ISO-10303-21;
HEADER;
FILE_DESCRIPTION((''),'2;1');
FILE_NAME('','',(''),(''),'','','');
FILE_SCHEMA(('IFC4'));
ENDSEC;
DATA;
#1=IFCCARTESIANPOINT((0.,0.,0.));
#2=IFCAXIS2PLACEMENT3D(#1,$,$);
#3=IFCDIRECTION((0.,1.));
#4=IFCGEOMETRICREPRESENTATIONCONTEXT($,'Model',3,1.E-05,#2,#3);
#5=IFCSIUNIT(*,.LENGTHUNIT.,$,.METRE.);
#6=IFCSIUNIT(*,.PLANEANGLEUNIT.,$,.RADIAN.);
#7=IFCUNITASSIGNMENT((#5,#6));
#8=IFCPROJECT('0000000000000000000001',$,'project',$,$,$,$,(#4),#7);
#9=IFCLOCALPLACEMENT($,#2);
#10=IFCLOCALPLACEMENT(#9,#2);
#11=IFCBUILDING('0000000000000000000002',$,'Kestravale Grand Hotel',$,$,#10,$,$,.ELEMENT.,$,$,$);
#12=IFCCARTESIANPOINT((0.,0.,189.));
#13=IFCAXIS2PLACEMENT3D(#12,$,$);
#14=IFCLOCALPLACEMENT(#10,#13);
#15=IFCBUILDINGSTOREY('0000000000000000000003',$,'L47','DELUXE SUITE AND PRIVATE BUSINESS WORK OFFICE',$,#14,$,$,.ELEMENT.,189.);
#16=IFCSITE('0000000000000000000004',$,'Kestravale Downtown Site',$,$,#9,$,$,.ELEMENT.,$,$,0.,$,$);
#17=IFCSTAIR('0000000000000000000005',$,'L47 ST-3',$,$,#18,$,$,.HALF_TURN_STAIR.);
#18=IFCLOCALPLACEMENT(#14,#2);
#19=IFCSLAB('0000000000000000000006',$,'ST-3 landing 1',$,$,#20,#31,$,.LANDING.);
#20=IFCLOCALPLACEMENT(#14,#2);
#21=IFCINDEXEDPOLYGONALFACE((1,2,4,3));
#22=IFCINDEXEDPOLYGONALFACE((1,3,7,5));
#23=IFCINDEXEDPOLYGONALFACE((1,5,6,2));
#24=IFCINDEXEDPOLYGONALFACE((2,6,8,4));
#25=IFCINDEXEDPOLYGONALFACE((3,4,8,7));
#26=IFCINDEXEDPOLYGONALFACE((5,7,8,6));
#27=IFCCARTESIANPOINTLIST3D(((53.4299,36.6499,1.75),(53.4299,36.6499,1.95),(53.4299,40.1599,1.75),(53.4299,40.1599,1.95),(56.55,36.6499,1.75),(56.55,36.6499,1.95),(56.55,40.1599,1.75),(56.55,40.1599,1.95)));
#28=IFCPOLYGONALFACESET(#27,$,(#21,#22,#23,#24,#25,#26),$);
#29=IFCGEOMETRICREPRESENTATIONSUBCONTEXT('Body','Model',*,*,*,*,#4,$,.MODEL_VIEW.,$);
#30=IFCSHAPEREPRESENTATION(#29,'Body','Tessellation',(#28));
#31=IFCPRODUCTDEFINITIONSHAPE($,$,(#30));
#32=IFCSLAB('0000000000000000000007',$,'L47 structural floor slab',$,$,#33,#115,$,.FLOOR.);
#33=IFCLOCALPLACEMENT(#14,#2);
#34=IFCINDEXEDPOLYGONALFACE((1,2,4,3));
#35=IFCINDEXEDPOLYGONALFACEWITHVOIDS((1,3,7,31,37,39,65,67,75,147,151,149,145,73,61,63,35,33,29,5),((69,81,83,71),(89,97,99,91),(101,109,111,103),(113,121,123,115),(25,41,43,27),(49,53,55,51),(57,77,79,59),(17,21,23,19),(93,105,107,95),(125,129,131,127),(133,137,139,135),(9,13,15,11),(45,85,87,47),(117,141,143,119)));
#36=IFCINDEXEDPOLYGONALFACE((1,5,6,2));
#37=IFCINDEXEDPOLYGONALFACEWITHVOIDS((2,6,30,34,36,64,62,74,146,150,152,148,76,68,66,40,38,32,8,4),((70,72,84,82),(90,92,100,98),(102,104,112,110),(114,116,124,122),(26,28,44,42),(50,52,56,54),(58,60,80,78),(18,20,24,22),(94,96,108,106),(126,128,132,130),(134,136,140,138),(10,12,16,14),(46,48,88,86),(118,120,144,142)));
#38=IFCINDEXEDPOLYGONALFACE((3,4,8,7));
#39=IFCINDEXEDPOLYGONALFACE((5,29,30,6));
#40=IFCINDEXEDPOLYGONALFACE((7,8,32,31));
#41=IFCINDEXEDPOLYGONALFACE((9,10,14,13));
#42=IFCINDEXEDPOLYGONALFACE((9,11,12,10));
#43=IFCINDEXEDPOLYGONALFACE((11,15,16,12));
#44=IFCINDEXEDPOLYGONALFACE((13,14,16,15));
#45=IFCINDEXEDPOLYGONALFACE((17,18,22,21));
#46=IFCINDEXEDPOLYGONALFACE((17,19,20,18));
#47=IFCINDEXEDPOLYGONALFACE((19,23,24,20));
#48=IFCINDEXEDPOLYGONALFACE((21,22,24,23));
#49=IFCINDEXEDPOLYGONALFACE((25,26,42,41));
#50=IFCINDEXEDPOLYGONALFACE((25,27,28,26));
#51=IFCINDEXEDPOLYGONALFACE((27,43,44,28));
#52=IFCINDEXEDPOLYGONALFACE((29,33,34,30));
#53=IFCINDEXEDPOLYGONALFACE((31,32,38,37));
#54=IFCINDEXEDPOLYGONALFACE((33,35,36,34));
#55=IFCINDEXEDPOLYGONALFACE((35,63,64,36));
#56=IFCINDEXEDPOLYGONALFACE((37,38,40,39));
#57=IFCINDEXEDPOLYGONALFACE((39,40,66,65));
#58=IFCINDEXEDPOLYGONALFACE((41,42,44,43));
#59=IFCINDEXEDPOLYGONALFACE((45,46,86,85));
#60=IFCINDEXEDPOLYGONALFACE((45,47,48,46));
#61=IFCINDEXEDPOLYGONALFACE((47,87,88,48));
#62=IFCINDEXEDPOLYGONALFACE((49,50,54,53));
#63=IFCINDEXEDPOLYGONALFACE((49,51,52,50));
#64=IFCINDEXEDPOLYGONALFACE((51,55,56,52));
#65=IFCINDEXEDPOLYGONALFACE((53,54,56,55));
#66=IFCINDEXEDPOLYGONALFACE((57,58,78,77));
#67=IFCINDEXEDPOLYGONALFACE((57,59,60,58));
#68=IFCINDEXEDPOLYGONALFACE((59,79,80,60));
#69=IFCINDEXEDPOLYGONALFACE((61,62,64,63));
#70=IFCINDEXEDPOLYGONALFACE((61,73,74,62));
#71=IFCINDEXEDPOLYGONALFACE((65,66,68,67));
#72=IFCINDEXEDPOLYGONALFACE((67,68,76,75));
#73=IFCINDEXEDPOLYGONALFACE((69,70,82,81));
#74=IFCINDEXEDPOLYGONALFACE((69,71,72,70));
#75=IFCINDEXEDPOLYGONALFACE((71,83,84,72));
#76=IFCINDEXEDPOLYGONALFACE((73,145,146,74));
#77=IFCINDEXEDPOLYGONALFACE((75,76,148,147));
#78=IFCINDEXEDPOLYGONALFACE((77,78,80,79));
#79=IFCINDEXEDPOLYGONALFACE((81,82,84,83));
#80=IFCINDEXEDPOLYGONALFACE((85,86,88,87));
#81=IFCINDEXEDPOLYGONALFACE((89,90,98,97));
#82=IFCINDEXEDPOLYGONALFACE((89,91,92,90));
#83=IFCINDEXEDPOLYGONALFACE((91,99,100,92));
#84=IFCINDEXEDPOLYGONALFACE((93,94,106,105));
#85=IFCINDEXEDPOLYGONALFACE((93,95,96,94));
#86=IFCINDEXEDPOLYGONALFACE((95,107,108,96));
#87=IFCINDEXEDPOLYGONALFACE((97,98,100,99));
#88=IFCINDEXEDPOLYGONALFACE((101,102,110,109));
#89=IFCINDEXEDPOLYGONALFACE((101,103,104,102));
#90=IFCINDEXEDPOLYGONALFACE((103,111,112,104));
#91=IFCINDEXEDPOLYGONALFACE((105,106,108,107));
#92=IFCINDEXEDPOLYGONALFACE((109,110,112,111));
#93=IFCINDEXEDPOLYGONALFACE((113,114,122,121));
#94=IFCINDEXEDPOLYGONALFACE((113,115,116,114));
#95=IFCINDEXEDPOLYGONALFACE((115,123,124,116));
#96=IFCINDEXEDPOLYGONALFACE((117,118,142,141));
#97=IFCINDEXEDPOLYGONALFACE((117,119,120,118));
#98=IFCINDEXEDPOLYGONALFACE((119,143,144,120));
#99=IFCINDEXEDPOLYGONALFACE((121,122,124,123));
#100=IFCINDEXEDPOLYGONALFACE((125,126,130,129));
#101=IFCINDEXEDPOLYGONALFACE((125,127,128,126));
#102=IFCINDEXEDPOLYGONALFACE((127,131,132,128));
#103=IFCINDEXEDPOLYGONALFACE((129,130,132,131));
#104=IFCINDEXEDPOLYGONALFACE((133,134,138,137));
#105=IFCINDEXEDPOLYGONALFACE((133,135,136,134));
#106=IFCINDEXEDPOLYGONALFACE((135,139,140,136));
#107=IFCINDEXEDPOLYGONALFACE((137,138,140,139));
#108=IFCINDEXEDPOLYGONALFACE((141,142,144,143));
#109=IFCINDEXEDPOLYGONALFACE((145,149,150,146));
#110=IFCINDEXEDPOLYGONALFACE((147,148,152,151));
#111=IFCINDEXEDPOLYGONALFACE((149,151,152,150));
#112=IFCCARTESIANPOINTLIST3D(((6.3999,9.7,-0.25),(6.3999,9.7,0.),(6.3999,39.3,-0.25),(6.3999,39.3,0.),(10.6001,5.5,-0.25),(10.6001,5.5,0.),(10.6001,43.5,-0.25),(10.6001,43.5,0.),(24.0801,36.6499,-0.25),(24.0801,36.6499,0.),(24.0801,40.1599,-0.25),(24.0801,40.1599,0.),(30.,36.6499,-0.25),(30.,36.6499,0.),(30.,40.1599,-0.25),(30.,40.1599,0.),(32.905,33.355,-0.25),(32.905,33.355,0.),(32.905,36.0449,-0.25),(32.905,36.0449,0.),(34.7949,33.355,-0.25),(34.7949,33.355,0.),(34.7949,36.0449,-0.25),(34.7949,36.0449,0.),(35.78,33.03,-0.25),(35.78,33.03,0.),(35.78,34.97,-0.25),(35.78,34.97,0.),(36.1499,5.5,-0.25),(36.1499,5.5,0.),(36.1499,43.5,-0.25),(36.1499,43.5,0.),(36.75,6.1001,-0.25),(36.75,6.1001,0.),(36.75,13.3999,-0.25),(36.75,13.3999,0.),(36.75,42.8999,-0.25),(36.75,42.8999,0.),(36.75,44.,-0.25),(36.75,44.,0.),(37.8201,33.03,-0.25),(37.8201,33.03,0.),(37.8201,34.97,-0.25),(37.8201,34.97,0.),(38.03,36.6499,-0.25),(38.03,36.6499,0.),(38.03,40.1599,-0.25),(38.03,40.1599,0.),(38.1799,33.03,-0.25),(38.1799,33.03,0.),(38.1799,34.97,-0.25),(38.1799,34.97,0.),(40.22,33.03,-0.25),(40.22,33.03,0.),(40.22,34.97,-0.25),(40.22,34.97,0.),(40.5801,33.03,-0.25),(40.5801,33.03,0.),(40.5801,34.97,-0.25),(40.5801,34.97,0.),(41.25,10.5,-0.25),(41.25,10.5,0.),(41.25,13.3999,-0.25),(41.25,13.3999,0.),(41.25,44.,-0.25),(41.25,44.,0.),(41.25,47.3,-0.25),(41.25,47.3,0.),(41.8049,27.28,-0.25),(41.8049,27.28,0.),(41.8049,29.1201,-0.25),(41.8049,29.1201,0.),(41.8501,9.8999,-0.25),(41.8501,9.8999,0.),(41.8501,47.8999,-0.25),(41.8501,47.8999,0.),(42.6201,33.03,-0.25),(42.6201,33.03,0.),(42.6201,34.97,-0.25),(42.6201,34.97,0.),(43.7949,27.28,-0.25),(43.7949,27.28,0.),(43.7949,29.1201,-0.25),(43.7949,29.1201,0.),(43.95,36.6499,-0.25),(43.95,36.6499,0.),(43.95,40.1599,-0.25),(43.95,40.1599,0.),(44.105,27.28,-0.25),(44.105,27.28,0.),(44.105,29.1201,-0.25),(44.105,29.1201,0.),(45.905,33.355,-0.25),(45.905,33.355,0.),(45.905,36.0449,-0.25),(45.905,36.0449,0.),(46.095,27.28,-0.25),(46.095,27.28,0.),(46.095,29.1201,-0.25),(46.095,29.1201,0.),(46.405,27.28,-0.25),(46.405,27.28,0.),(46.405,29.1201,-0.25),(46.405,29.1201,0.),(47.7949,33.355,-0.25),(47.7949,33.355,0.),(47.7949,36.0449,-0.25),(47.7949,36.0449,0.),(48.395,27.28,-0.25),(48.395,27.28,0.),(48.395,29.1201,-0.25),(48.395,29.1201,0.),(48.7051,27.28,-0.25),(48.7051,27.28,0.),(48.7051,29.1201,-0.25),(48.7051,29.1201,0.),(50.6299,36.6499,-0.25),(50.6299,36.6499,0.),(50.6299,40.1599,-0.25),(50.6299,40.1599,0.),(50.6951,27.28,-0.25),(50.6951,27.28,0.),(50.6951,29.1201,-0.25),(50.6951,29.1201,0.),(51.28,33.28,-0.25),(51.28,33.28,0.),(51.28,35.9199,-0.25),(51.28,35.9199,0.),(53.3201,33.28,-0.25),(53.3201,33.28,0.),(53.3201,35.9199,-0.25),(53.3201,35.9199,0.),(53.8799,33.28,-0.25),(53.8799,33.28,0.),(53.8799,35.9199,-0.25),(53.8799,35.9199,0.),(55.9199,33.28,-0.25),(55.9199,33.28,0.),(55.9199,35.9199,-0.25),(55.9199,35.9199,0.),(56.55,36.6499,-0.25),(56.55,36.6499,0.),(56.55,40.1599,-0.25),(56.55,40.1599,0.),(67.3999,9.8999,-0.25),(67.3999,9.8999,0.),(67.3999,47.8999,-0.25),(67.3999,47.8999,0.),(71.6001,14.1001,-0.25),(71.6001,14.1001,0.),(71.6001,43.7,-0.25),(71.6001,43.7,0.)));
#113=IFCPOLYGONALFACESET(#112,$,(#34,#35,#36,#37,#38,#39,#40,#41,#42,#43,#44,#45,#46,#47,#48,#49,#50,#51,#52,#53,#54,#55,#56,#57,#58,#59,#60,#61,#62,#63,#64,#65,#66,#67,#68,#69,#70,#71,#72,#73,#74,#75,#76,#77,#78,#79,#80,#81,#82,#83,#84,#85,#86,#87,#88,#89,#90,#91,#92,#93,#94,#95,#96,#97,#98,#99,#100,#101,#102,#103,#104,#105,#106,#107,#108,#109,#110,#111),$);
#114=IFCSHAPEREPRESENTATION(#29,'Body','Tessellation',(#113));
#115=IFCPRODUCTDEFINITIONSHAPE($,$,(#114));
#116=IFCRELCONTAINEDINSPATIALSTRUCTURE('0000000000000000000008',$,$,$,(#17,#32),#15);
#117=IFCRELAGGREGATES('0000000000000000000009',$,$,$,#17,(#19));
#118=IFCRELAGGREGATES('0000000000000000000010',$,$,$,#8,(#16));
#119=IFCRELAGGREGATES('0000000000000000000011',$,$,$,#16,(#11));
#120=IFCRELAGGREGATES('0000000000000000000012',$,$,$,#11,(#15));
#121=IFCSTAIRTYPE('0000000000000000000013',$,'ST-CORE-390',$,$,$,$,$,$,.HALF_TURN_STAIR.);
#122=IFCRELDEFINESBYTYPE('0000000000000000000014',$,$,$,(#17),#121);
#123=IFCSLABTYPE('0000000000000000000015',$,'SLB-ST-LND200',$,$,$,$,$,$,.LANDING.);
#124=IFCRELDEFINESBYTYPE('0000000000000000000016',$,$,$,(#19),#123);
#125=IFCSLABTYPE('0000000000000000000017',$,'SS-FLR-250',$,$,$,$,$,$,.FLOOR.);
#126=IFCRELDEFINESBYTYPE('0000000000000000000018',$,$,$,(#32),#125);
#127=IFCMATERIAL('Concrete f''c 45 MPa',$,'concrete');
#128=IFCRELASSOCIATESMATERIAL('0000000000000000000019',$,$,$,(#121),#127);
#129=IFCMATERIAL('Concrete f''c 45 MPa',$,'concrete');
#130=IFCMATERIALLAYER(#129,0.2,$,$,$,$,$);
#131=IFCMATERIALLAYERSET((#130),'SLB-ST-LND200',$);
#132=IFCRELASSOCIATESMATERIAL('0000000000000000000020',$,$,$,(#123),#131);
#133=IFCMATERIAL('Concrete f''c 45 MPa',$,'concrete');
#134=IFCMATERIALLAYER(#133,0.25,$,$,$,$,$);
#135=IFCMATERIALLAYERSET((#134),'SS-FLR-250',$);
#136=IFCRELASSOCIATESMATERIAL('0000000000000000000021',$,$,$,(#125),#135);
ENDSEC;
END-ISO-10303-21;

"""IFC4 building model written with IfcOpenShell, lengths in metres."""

from ifc_helpers import new_model, si_unit, direction, frame, origin, place, context, subcontext, project, spatial, polyline, outline, extrude, material, layer, layer_set, type_object, element, aggregate, save


model = new_model("IFC4")

# Units and contexts
model_context = context("Model", 3, precision=1e-05, world=origin(), true_north=direction((0.0, 1.0)))
body_context = subcontext(model_context, "Body", "Model", "MODEL_VIEW")
ifc_project = project(units=[si_unit("LENGTHUNIT", "METRE"), si_unit("PLANEANGLEUNIT", "RADIAN")], contexts=[model_context])

# Site, building, storey
site_placement = place(None, origin())
site = spatial("IfcSite", under=ifc_project, at=site_placement, Name="Kestravale Downtown Site", CompositionType="ELEMENT", RefElevation=0.0)
building_placement = place(site_placement, origin())
building = spatial("IfcBuilding", under=site, at=building_placement, Name="Kestravale Grand Hotel", CompositionType="ELEMENT")
storey_placement = place(building_placement, frame((0.0, 0.0, 189.0)))
storey = spatial("IfcBuildingStorey", under=building, at=storey_placement, Name="L47", Description="DELUXE SUITE AND PRIVATE BUSINESS WORK OFFICE", CompositionType="ELEMENT", Elevation=189.0)

# Stair, slab
ifc_material_1 = material(Name="Concrete f'c 45 MPa", Category="concrete")
stair_type = type_object("IfcStairType", Name="ST-CORE-390", PredefinedType="HALF_TURN_STAIR", material=ifc_material_1)
ifc_material_2 = material(Name="Concrete f'c 45 MPa", Category="concrete")
ifc_layer_1 = layer(ifc_material_2, 0.2)
ifc_layer_set_1 = layer_set([ifc_layer_1], Name="SLB-ST-LND200")
slab_type_1 = type_object("IfcSlabType", Name="SLB-ST-LND200", PredefinedType="LANDING", material=ifc_layer_set_1)
stair_1_placement = place(storey_placement, origin())
stair_1 = element("IfcStair", 1, at=stair_1_placement, inside=storey, type_object=stair_type, Name="L47 ST-3", PredefinedType="HALF_TURN_STAIR")
slab_1_placement = place(storey_placement, frame((0.0, 0.0, 1.75)))
slab_1 = element("IfcSlab", 2, at=slab_1_placement, type_object=slab_type_1, Name="ST-3 landing 1", PredefinedType="LANDING", context=body_context, shape_type="SweptSolid", body=[
    extrude(outline(polyline([(53.4299, 36.6499), (56.55, 36.6499), (56.55, 40.1599), (53.4299, 40.1599), (53.4299, 36.6499)])), origin(), (0.0, 0.0, 1.0), 0.2),
])
aggregate(stair_1, [slab_1])

# Slab
ifc_material_3 = material(Name="Concrete f'c 45 MPa", Category="concrete")
ifc_layer_2 = layer(ifc_material_3, 0.25)
ifc_layer_set_2 = layer_set([ifc_layer_2], Name="SS-FLR-250")
slab_type_2 = type_object("IfcSlabType", Name="SS-FLR-250", PredefinedType="FLOOR", material=ifc_layer_set_2)
slab_2_placement = place(storey_placement, frame((0.0, 0.0, -0.25)))
element("IfcSlab", 3, at=slab_2_placement, inside=storey, type_object=slab_type_2, Name="L47 structural floor slab", PredefinedType="FLOOR", context=body_context, shape_type="SweptSolid", body=[
    extrude(outline(polyline([(10.6001, 5.5), (36.1499, 5.5), (36.75, 6.1001), (36.75, 13.3999), (41.25, 13.3999), (41.25, 10.5), (41.8501, 9.8999), (67.3999, 9.8999), (71.6001, 14.1001), (71.6001, 43.7), (67.3999, 47.8999), (41.8501, 47.8999), (41.25, 47.3), (41.25, 44.0), (36.75, 44.0), (36.75, 42.8999), (36.1499, 43.5), (10.6001, 43.5), (6.3999, 39.3), (6.3999, 9.7), (10.6001, 5.5)]), holes=[polyline([(24.0801, 36.6499), (30.0, 36.6499), (30.0, 40.1599), (24.0801, 40.1599), (24.0801, 36.6499)]), polyline([(38.03, 36.6499), (43.95, 36.6499), (43.95, 40.1599), (38.03, 40.1599), (38.03, 36.6499)]), polyline([(50.6299, 36.6499), (56.55, 36.6499), (56.55, 40.1599), (50.6299, 40.1599), (50.6299, 36.6499)]), polyline([(41.8049, 27.28), (43.7949, 27.28), (43.7949, 29.1201), (41.8049, 29.1201), (41.8049, 27.28)]), polyline([(44.105, 27.28), (46.095, 27.28), (46.095, 29.1201), (44.105, 29.1201), (44.105, 27.28)]), polyline([(46.405, 27.28), (48.395, 27.28), (48.395, 29.1201), (46.405, 29.1201), (46.405, 27.28)]), polyline([(48.7051, 27.28), (50.6951, 27.28), (50.6951, 29.1201), (48.7051, 29.1201), (48.7051, 27.28)]), polyline([(35.78, 33.03), (37.8201, 33.03), (37.8201, 34.97), (35.78, 34.97), (35.78, 33.03)]), polyline([(38.1799, 33.03), (40.22, 33.03), (40.22, 34.97), (38.1799, 34.97), (38.1799, 33.03)]), polyline([(40.5801, 33.03), (42.6201, 33.03), (42.6201, 34.97), (40.5801, 34.97), (40.5801, 33.03)]), polyline([(32.905, 33.355), (34.7949, 33.355), (34.7949, 36.0449), (32.905, 36.0449), (32.905, 33.355)]), polyline([(45.905, 33.355), (47.7949, 33.355), (47.7949, 36.0449), (45.905, 36.0449), (45.905, 33.355)]), polyline([(51.28, 33.28), (53.3201, 33.28), (53.3201, 35.9199), (51.28, 35.9199), (51.28, 33.28)]), polyline([(53.8799, 33.28), (55.9199, 33.28), (55.9199, 35.9199), (53.8799, 35.9199), (53.8799, 33.28)])]), origin(), (0.0, 0.0, 1.0), 0.25),
])

save(model, "model.ifc")
